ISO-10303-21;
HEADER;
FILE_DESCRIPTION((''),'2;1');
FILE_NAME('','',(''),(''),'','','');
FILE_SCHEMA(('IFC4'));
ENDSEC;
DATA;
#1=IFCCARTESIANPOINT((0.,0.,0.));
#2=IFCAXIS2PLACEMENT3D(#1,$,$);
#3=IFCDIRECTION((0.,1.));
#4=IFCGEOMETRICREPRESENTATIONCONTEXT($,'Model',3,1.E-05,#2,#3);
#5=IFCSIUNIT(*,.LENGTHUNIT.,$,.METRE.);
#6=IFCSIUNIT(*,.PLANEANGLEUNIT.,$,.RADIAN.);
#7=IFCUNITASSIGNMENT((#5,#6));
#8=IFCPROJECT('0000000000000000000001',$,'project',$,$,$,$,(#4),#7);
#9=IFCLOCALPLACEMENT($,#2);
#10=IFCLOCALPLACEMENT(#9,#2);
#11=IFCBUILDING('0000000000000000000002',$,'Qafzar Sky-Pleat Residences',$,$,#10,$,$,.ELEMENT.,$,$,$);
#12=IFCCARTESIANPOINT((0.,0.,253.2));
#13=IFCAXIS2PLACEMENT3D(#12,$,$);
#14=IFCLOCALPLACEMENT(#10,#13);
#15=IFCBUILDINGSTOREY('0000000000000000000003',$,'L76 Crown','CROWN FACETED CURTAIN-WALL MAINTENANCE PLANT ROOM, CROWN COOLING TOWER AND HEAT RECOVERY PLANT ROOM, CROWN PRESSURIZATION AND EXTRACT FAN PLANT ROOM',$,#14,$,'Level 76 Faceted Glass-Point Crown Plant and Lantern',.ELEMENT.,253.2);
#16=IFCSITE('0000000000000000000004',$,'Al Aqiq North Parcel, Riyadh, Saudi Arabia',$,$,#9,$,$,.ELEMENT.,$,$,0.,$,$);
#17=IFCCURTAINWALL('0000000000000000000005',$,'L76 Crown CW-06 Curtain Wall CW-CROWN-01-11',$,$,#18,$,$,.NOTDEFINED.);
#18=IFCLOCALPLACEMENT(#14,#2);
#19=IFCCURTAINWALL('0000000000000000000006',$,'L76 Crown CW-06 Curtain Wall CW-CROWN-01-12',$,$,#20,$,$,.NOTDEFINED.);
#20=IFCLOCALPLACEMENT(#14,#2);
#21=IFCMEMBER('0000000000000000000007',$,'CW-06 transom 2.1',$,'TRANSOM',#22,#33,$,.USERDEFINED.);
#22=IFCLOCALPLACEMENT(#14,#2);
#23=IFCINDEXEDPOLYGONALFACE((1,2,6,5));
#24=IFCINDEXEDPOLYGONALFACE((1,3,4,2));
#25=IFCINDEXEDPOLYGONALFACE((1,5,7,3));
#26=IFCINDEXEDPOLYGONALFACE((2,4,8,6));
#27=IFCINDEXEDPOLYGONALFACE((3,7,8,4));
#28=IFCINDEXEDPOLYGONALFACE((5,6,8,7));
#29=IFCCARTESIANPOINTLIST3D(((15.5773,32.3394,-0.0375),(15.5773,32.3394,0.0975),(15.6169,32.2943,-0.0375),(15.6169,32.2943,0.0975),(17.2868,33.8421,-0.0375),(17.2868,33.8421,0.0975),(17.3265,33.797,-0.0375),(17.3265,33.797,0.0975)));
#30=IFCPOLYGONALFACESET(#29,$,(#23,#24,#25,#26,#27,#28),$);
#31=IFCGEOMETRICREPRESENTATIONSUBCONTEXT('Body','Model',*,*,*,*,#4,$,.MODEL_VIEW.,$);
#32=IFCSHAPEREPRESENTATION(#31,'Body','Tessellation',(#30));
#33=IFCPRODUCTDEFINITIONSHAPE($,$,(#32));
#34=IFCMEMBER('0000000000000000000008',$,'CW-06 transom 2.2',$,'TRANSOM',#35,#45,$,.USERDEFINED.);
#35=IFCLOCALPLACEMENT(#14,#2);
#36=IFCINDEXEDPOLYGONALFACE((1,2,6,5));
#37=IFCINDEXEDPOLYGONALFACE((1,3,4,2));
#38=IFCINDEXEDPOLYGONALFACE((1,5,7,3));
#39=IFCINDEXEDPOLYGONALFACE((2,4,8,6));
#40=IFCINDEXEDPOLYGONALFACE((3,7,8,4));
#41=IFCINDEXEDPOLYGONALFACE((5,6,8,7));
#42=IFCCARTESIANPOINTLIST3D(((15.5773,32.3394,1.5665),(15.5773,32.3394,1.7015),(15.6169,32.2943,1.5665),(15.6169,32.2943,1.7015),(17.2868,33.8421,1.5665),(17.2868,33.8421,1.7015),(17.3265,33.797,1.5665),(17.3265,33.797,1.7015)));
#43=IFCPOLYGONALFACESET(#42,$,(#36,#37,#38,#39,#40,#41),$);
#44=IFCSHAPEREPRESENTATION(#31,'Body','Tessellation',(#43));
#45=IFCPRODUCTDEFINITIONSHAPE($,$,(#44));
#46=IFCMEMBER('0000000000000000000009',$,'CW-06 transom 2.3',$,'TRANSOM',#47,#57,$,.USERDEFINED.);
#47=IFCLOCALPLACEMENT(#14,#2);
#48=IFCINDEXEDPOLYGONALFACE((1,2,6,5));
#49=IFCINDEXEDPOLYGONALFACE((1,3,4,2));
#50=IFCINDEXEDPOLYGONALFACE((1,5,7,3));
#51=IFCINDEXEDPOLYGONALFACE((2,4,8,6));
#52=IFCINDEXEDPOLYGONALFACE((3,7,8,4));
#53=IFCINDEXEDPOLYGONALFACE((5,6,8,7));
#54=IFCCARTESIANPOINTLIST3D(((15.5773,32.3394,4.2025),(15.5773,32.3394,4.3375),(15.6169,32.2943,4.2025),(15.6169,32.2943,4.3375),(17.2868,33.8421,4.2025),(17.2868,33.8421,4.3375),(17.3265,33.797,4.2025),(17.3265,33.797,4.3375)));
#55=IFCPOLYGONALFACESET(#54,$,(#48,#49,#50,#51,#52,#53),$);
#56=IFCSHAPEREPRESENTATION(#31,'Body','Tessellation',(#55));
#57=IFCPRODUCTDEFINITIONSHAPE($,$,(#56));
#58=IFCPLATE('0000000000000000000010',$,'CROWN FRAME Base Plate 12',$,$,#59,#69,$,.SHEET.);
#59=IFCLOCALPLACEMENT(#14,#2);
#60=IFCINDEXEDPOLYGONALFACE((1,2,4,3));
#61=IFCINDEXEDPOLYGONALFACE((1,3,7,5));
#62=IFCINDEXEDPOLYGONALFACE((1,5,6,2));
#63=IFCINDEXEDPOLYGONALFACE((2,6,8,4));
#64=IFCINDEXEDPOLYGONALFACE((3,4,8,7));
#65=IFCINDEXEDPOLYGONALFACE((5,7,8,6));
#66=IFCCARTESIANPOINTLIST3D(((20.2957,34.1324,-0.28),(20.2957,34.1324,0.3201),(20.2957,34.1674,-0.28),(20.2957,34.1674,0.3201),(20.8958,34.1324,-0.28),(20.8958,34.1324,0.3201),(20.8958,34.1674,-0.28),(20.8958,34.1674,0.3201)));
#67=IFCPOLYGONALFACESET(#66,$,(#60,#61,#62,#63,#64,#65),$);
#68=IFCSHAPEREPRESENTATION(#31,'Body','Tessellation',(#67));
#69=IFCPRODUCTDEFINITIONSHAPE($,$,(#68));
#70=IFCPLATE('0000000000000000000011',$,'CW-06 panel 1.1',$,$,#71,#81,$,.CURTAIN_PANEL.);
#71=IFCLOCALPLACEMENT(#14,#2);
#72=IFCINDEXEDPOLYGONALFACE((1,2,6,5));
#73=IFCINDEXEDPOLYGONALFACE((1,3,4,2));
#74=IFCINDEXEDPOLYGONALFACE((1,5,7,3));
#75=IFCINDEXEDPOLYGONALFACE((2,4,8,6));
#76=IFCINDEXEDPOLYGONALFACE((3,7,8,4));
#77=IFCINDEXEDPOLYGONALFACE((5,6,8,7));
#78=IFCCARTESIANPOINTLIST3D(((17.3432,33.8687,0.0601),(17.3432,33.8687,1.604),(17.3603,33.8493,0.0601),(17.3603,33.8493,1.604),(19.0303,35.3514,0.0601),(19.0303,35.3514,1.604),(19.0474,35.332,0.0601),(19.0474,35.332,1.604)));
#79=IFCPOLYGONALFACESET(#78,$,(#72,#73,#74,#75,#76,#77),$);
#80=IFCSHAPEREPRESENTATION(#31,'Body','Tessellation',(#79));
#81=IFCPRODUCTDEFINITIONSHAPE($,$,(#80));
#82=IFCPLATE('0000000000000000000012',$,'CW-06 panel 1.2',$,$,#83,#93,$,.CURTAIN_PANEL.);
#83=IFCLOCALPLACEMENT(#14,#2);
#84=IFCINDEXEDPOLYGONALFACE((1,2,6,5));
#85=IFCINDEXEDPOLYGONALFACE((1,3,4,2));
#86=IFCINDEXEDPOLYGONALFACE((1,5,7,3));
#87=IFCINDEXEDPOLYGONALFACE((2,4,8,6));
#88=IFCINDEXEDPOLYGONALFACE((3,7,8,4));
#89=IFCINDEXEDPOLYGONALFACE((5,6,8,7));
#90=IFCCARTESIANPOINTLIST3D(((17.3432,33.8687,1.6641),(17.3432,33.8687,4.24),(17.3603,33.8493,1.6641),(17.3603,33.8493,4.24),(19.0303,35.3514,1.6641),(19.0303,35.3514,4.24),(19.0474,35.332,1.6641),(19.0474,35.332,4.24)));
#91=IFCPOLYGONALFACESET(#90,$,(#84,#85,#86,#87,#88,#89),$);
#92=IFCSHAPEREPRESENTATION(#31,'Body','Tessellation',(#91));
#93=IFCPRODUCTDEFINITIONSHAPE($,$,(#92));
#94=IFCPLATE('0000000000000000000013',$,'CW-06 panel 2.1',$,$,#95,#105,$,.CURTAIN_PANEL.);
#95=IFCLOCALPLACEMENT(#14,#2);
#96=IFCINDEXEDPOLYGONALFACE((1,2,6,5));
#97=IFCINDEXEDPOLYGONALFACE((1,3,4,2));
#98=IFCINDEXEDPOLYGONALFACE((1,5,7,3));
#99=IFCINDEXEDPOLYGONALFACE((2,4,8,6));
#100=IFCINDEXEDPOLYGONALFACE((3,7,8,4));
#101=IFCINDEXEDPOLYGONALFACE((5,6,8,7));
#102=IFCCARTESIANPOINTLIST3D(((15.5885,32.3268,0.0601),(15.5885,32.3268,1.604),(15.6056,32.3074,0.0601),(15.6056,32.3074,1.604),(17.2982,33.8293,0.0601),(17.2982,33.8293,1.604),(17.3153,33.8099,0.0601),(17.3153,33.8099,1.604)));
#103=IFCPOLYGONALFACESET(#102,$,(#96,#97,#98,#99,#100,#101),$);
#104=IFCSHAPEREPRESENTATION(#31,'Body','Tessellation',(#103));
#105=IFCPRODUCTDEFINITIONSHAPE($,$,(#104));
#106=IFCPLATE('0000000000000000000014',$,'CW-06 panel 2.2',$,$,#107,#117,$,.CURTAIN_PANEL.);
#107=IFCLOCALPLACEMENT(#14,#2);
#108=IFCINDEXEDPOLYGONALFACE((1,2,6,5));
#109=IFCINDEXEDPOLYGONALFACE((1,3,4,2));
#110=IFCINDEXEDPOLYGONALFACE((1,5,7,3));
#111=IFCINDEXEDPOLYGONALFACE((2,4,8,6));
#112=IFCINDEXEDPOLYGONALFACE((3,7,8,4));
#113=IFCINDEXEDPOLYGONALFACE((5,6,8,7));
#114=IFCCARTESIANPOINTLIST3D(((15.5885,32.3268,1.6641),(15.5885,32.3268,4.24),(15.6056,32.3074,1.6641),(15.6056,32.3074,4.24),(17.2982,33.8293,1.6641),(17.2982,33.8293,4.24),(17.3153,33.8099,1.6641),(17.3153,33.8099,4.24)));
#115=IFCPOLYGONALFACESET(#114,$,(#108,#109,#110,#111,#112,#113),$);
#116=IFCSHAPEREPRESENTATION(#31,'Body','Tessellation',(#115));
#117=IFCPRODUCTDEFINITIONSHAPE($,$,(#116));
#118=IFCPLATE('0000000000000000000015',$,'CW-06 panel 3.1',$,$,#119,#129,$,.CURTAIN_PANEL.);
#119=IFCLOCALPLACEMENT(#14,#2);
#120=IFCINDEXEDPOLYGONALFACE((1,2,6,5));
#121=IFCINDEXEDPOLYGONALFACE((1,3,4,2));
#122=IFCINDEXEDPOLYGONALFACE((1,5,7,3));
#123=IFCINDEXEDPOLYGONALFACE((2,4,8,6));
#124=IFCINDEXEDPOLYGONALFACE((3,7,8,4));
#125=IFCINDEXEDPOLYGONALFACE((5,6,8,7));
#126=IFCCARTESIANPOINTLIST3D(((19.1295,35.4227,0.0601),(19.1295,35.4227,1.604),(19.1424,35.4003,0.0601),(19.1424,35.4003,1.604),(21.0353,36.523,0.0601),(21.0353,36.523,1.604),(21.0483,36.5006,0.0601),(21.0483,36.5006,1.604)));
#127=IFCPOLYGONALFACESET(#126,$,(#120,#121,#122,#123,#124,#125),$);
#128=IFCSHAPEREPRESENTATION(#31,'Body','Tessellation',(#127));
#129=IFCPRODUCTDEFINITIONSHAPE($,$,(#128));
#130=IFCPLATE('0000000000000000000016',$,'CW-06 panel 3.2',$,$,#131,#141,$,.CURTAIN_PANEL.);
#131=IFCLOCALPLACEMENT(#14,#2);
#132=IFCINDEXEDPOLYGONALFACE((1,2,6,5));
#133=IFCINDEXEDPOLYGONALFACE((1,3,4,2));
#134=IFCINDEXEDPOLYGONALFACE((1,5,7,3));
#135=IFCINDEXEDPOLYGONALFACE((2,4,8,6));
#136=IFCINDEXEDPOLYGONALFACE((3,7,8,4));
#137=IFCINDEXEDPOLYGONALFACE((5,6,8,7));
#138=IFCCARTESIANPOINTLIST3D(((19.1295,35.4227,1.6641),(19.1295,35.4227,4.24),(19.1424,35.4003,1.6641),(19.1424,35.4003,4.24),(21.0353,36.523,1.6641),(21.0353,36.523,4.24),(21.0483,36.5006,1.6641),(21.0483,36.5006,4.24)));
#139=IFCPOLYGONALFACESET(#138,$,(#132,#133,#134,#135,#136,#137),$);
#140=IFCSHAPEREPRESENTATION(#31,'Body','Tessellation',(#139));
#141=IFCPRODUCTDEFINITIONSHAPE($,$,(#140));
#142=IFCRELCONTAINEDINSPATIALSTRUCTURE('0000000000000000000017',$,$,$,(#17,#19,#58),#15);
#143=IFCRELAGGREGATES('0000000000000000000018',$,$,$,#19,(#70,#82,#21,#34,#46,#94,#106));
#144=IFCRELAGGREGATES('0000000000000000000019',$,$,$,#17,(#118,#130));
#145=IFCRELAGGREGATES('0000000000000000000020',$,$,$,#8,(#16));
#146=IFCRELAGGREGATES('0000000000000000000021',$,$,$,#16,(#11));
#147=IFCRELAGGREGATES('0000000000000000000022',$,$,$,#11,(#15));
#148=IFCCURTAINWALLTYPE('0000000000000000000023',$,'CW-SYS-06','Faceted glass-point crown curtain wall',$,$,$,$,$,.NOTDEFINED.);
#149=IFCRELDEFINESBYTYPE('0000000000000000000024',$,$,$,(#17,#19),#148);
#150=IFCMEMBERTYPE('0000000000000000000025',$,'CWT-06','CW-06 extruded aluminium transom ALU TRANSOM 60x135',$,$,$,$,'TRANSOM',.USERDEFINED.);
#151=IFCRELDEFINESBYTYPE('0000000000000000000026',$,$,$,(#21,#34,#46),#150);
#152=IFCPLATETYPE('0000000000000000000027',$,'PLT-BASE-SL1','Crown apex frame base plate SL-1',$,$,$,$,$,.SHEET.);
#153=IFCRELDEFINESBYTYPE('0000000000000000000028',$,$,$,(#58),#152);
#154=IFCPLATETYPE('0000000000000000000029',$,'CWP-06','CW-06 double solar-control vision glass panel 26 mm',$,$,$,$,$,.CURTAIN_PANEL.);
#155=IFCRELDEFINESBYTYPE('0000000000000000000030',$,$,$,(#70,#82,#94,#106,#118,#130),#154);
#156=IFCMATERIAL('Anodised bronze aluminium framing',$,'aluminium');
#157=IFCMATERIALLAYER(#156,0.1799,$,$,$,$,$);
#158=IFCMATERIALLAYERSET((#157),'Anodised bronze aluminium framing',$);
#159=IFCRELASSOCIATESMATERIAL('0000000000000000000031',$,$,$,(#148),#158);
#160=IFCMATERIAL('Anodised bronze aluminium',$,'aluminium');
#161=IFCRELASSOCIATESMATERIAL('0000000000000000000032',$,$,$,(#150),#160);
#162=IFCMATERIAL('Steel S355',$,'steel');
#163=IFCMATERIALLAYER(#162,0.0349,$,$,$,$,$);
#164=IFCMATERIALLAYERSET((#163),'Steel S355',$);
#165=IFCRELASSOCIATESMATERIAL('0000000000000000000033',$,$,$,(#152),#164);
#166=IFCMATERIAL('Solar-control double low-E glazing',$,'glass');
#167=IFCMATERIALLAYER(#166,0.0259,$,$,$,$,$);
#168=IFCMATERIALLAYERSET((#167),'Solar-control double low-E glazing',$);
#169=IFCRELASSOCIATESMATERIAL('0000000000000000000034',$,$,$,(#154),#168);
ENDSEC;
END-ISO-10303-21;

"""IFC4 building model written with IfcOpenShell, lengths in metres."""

from ifc_helpers import new_model, si_unit, direction, frame, origin, origin_2d, place, context, subcontext, project, spatial, rectangle, extrude, source, transform, mapped, material, layer, layer_set, material_profile, profile_set, type_object, element, aggregate, save


model = new_model("IFC4")

# Units and contexts
model_context = context("Model", 3, precision=1e-05, world=origin(), true_north=direction((0.0, 1.0)))
body_context = subcontext(model_context, "Body", "Model", "MODEL_VIEW")
ifc_project = project(units=[si_unit("LENGTHUNIT", "METRE"), si_unit("PLANEANGLEUNIT", "RADIAN")], contexts=[model_context])

# Site, building, storey
site_placement = place(None, origin())
site = spatial("IfcSite", under=ifc_project, at=site_placement, Name="Al Aqiq North Parcel, Riyadh, Saudi Arabia", CompositionType="ELEMENT", RefElevation=0.0)
building_placement = place(site_placement, origin())
building = spatial("IfcBuilding", under=site, at=building_placement, Name="Qafzar Sky-Pleat Residences", CompositionType="ELEMENT")
storey_placement = place(building_placement, frame((0.0, 0.0, 253.2)))
storey = spatial("IfcBuildingStorey", under=building, at=storey_placement, Name="L76 Crown", Description="CROWN FACETED CURTAIN-WALL MAINTENANCE PLANT ROOM, CROWN COOLING TOWER AND HEAT RECOVERY PLANT ROOM, CROWN PRESSURIZATION AND EXTRACT FAN PLANT ROOM", LongName="Level 76 Faceted Glass-Point Crown Plant and Lantern", CompositionType="ELEMENT", Elevation=253.2)

# Curtain wall
ifc_material_1 = material(Name="Anodised bronze aluminium framing", Category="aluminium")
ifc_layer_1 = layer(ifc_material_1, 0.1799)
ifc_layer_set_1 = layer_set([ifc_layer_1], Name="Anodised bronze aluminium framing")
curtain_wall_type = type_object("IfcCurtainWallType", Name="CW-SYS-06", Description="Faceted glass-point crown curtain wall", PredefinedType="NOTDEFINED", material=ifc_layer_set_1)
curtain_wall_1_placement = place(storey_placement, origin())
curtain_wall_1 = element("IfcCurtainWall", 1, at=curtain_wall_1_placement, inside=storey, type_object=curtain_wall_type, Name="L76 Crown CW-06 Curtain Wall CW-CROWN-01-11", PredefinedType="NOTDEFINED")
ifc_material_2 = material(Name="Anodised bronze aluminium", Category="aluminium")

# Curtain wall, members
curtain_wall_2_placement = place(storey_placement, origin())
curtain_wall_2 = element("IfcCurtainWall", 2, at=curtain_wall_2_placement, inside=storey, type_object=curtain_wall_type, Name="L76 Crown CW-06 Curtain Wall CW-CROWN-01-12", PredefinedType="NOTDEFINED")
ifc_material_profile_1 = material_profile(ifc_material_2, rectangle(XDim=0.0601, YDim=0.135, at=origin_2d()), Name="ALU TRANSOM 60x135")
ifc_profile_set_1 = profile_set([ifc_material_profile_1], Name="Anodised bronze aluminium")
member_type_1 = type_object("IfcMemberType", Name="CWT-06", Description="CW-06 extruded aluminium transom ALU TRANSOM 60x135", ElementType="TRANSOM", PredefinedType="USERDEFINED", material=ifc_profile_set_1)
shared_shape_1 = source(origin(), body_context, "Body", "SweptSolid", [
    extrude(rectangle(XDim=0.0601, YDim=0.135, at=origin_2d()), origin(), (0.0, 0.0, 1.0), 2.2761),
])
member_1_placement = place(storey_placement, frame((17.3066, 33.8196, 0.03), z_axis=(-0.751073, -0.660219, 0.0), x_axis=(0.660219, -0.751073, 0.0)))
member_1 = element("IfcMember", 3, at=member_1_placement, type_object=member_type_1, Name="CW-06 transom 2.1", ObjectType="TRANSOM", PredefinedType="USERDEFINED", context=body_context, shape_type="MappedRepresentation", body=[
    mapped(shared_shape_1, transform((0.0, 0.0, 0.0), x_axis=(1.0, 0.0, 0.0), y_axis=(0.0, 1.0, 0.0), z_axis=(0.0, 0.0, 1.0), scale=1.0)),
])
member_2_placement = place(storey_placement, frame((17.3066, 33.8196, 1.634), z_axis=(-0.751073, -0.660219, 0.0), x_axis=(0.660219, -0.751073, 0.0)))
member_2 = element("IfcMember", 4, at=member_2_placement, type_object=member_type_1, Name="CW-06 transom 2.2", ObjectType="TRANSOM", PredefinedType="USERDEFINED", context=body_context, shape_type="MappedRepresentation", body=[
    mapped(shared_shape_1, transform((0.0, 0.0, 0.0), x_axis=(1.0, 0.0, 0.0), y_axis=(0.0, 1.0, 0.0), z_axis=(0.0, 0.0, 1.0), scale=1.0)),
])
member_3_placement = place(storey_placement, frame((17.3066, 33.8196, 4.27), z_axis=(-0.751073, -0.660219, 0.0), x_axis=(0.660219, -0.751073, 0.0)))
member_3 = element("IfcMember", 5, at=member_3_placement, type_object=member_type_1, Name="CW-06 transom 2.3", ObjectType="TRANSOM", PredefinedType="USERDEFINED", context=body_context, shape_type="MappedRepresentation", body=[
    mapped(shared_shape_1, transform((0.0, 0.0, 0.0), x_axis=(1.0, 0.0, 0.0), y_axis=(0.0, 1.0, 0.0), z_axis=(0.0, 0.0, 1.0), scale=1.0)),
])

# Plates
ifc_material_3 = material(Name="Steel S355", Category="steel")
ifc_layer_2 = layer(ifc_material_3, 0.0349)
ifc_layer_set_2 = layer_set([ifc_layer_2], Name="Steel S355")
plate_type_1 = type_object("IfcPlateType", Name="PLT-BASE-SL1", Description="Crown apex frame base plate SL-1", PredefinedType="SHEET", material=ifc_layer_set_2)
shared_shape_2 = source(origin(), body_context, "Body", "SweptSolid", [
    extrude(rectangle(XDim=0.6001, YDim=0.0349, at=origin_2d()), origin(), (0.0, 0.0, 1.0), 0.6001),
])
plate_1_placement = place(storey_placement, frame((20.5957, 34.1499, -0.28), z_axis=(0.0, 0.0, 1.0), x_axis=(1.0, 0.0, 0.0)))
element("IfcPlate", 6, at=plate_1_placement, inside=storey, type_object=plate_type_1, Name="CROWN FRAME Base Plate 12", PredefinedType="SHEET", context=body_context, shape_type="MappedRepresentation", body=[
    mapped(shared_shape_2, transform((0.0, 0.0, 0.0), x_axis=(1.0, 0.0, 0.0), y_axis=(0.0, 1.0, 0.0), z_axis=(0.0, 0.0, 1.0), scale=1.0)),
])
ifc_material_4 = material(Name="Solar-control double low-E glazing", Category="glass")
ifc_layer_3 = layer(ifc_material_4, 0.0259)
ifc_layer_set_3 = layer_set([ifc_layer_3], Name="Solar-control double low-E glazing")
plate_type_2 = type_object("IfcPlateType", Name="CWP-06", Description="CW-06 double solar-control vision glass panel 26 mm", PredefinedType="CURTAIN_PANEL", material=ifc_layer_set_3)
shared_shape_3 = source(origin(), body_context, "Body", "SweptSolid", [
    extrude(rectangle(XDim=2.2461, YDim=0.0259, at=origin_2d()), origin(), (0.0, 0.0, 1.0), 1.5439),
])
plate_2_placement = place(storey_placement, frame((18.1953, 34.6003, 0.0601), z_axis=(0.0, 0.0, 1.0), x_axis=(-0.751152, -0.660129, 0.0)))
plate_2 = element("IfcPlate", 7, at=plate_2_placement, type_object=plate_type_2, Name="CW-06 panel 1.1", PredefinedType="CURTAIN_PANEL", context=body_context, shape_type="MappedRepresentation", body=[
    mapped(shared_shape_3, transform((0.0, 0.0, 0.0), x_axis=(1.0, 0.0, 0.0), y_axis=(0.0, 1.0, 0.0), z_axis=(0.0, 0.0, 1.0), scale=1.0)),
])
shared_shape_4 = source(origin(), body_context, "Body", "SweptSolid", [
    extrude(rectangle(XDim=2.2461, YDim=0.0259, at=origin_2d()), origin(), (0.0, 0.0, 1.0), 2.5759),
])
plate_3_placement = place(storey_placement, frame((18.1953, 34.6003, 1.6641), z_axis=(0.0, 0.0, 1.0), x_axis=(-0.751152, -0.660129, 0.0)))
plate_3 = element("IfcPlate", 8, at=plate_3_placement, type_object=plate_type_2, Name="CW-06 panel 1.2", PredefinedType="CURTAIN_PANEL", context=body_context, shape_type="MappedRepresentation", body=[
    mapped(shared_shape_4, transform((0.0, 0.0, 0.0), x_axis=(1.0, 0.0, 0.0), y_axis=(0.0, 1.0, 0.0), z_axis=(0.0, 0.0, 1.0), scale=1.0)),
])
shared_shape_5 = source(origin(), body_context, "Body", "SweptSolid", [
    extrude(rectangle(XDim=2.2761, YDim=0.0259, at=origin_2d()), origin(), (0.0, 0.0, 1.0), 1.5439),
])
plate_4_placement = place(storey_placement, frame((16.4519, 33.0684, 0.0601), z_axis=(0.0, 0.0, 1.0), x_axis=(-0.751152, -0.660129, 0.0)))
plate_4 = element("IfcPlate", 9, at=plate_4_placement, type_object=plate_type_2, Name="CW-06 panel 2.1", PredefinedType="CURTAIN_PANEL", context=body_context, shape_type="MappedRepresentation", body=[
    mapped(shared_shape_5, transform((0.0, 0.0, 0.0), x_axis=(1.0, 0.0, 0.0), y_axis=(0.0, 1.0, 0.0), z_axis=(0.0, 0.0, 1.0), scale=1.0)),
])
shared_shape_6 = source(origin(), body_context, "Body", "SweptSolid", [
    extrude(rectangle(XDim=2.2761, YDim=0.0259, at=origin_2d()), origin(), (0.0, 0.0, 1.0), 2.5759),
])
plate_5_placement = place(storey_placement, frame((16.4519, 33.0684, 1.6641), z_axis=(0.0, 0.0, 1.0), x_axis=(-0.751152, -0.660129, 0.0)))
plate_5 = element("IfcPlate", 10, at=plate_5_placement, type_object=plate_type_2, Name="CW-06 panel 2.2", PredefinedType="CURTAIN_PANEL", context=body_context, shape_type="MappedRepresentation", body=[
    mapped(shared_shape_6, transform((0.0, 0.0, 0.0), x_axis=(1.0, 0.0, 0.0), y_axis=(0.0, 1.0, 0.0), z_axis=(0.0, 0.0, 1.0), scale=1.0)),
])
aggregate(curtain_wall_2, [plate_2, plate_3, member_1, member_2, member_3, plate_4, plate_5])
shared_shape_7 = source(origin(), body_context, "Body", "SweptSolid", [
    extrude(rectangle(XDim=2.2007, YDim=0.0259, at=origin_2d()), origin(), (0.0, 0.0, 1.0), 1.5439),
])
plate_6_placement = place(storey_placement, frame((20.0889, 35.9617, 0.0601), z_axis=(0.0, 0.0, 1.0), x_axis=(-0.866025, -0.5, 0.0)))
plate_6 = element("IfcPlate", 11, at=plate_6_placement, type_object=plate_type_2, Name="CW-06 panel 3.1", PredefinedType="CURTAIN_PANEL", context=body_context, shape_type="MappedRepresentation", body=[
    mapped(shared_shape_7, transform((0.0, 0.0, 0.0), x_axis=(1.0, 0.0, 0.0), y_axis=(0.0, 1.0, 0.0), z_axis=(0.0, 0.0, 1.0), scale=1.0)),
])
shared_shape_8 = source(origin(), body_context, "Body", "SweptSolid", [
    extrude(rectangle(XDim=2.2007, YDim=0.0259, at=origin_2d()), origin(), (0.0, 0.0, 1.0), 2.5759),
])
plate_7_placement = place(storey_placement, frame((20.0889, 35.9617, 1.6641), z_axis=(0.0, 0.0, 1.0), x_axis=(-0.866025, -0.5, 0.0)))
plate_7 = element("IfcPlate", 12, at=plate_7_placement, type_object=plate_type_2, Name="CW-06 panel 3.2", PredefinedType="CURTAIN_PANEL", context=body_context, shape_type="MappedRepresentation", body=[
    mapped(shared_shape_8, transform((0.0, 0.0, 0.0), x_axis=(1.0, 0.0, 0.0), y_axis=(0.0, 1.0, 0.0), z_axis=(0.0, 0.0, 1.0), scale=1.0)),
])
aggregate(curtain_wall_1, [plate_6, plate_7])

save(model, "model.ifc")
